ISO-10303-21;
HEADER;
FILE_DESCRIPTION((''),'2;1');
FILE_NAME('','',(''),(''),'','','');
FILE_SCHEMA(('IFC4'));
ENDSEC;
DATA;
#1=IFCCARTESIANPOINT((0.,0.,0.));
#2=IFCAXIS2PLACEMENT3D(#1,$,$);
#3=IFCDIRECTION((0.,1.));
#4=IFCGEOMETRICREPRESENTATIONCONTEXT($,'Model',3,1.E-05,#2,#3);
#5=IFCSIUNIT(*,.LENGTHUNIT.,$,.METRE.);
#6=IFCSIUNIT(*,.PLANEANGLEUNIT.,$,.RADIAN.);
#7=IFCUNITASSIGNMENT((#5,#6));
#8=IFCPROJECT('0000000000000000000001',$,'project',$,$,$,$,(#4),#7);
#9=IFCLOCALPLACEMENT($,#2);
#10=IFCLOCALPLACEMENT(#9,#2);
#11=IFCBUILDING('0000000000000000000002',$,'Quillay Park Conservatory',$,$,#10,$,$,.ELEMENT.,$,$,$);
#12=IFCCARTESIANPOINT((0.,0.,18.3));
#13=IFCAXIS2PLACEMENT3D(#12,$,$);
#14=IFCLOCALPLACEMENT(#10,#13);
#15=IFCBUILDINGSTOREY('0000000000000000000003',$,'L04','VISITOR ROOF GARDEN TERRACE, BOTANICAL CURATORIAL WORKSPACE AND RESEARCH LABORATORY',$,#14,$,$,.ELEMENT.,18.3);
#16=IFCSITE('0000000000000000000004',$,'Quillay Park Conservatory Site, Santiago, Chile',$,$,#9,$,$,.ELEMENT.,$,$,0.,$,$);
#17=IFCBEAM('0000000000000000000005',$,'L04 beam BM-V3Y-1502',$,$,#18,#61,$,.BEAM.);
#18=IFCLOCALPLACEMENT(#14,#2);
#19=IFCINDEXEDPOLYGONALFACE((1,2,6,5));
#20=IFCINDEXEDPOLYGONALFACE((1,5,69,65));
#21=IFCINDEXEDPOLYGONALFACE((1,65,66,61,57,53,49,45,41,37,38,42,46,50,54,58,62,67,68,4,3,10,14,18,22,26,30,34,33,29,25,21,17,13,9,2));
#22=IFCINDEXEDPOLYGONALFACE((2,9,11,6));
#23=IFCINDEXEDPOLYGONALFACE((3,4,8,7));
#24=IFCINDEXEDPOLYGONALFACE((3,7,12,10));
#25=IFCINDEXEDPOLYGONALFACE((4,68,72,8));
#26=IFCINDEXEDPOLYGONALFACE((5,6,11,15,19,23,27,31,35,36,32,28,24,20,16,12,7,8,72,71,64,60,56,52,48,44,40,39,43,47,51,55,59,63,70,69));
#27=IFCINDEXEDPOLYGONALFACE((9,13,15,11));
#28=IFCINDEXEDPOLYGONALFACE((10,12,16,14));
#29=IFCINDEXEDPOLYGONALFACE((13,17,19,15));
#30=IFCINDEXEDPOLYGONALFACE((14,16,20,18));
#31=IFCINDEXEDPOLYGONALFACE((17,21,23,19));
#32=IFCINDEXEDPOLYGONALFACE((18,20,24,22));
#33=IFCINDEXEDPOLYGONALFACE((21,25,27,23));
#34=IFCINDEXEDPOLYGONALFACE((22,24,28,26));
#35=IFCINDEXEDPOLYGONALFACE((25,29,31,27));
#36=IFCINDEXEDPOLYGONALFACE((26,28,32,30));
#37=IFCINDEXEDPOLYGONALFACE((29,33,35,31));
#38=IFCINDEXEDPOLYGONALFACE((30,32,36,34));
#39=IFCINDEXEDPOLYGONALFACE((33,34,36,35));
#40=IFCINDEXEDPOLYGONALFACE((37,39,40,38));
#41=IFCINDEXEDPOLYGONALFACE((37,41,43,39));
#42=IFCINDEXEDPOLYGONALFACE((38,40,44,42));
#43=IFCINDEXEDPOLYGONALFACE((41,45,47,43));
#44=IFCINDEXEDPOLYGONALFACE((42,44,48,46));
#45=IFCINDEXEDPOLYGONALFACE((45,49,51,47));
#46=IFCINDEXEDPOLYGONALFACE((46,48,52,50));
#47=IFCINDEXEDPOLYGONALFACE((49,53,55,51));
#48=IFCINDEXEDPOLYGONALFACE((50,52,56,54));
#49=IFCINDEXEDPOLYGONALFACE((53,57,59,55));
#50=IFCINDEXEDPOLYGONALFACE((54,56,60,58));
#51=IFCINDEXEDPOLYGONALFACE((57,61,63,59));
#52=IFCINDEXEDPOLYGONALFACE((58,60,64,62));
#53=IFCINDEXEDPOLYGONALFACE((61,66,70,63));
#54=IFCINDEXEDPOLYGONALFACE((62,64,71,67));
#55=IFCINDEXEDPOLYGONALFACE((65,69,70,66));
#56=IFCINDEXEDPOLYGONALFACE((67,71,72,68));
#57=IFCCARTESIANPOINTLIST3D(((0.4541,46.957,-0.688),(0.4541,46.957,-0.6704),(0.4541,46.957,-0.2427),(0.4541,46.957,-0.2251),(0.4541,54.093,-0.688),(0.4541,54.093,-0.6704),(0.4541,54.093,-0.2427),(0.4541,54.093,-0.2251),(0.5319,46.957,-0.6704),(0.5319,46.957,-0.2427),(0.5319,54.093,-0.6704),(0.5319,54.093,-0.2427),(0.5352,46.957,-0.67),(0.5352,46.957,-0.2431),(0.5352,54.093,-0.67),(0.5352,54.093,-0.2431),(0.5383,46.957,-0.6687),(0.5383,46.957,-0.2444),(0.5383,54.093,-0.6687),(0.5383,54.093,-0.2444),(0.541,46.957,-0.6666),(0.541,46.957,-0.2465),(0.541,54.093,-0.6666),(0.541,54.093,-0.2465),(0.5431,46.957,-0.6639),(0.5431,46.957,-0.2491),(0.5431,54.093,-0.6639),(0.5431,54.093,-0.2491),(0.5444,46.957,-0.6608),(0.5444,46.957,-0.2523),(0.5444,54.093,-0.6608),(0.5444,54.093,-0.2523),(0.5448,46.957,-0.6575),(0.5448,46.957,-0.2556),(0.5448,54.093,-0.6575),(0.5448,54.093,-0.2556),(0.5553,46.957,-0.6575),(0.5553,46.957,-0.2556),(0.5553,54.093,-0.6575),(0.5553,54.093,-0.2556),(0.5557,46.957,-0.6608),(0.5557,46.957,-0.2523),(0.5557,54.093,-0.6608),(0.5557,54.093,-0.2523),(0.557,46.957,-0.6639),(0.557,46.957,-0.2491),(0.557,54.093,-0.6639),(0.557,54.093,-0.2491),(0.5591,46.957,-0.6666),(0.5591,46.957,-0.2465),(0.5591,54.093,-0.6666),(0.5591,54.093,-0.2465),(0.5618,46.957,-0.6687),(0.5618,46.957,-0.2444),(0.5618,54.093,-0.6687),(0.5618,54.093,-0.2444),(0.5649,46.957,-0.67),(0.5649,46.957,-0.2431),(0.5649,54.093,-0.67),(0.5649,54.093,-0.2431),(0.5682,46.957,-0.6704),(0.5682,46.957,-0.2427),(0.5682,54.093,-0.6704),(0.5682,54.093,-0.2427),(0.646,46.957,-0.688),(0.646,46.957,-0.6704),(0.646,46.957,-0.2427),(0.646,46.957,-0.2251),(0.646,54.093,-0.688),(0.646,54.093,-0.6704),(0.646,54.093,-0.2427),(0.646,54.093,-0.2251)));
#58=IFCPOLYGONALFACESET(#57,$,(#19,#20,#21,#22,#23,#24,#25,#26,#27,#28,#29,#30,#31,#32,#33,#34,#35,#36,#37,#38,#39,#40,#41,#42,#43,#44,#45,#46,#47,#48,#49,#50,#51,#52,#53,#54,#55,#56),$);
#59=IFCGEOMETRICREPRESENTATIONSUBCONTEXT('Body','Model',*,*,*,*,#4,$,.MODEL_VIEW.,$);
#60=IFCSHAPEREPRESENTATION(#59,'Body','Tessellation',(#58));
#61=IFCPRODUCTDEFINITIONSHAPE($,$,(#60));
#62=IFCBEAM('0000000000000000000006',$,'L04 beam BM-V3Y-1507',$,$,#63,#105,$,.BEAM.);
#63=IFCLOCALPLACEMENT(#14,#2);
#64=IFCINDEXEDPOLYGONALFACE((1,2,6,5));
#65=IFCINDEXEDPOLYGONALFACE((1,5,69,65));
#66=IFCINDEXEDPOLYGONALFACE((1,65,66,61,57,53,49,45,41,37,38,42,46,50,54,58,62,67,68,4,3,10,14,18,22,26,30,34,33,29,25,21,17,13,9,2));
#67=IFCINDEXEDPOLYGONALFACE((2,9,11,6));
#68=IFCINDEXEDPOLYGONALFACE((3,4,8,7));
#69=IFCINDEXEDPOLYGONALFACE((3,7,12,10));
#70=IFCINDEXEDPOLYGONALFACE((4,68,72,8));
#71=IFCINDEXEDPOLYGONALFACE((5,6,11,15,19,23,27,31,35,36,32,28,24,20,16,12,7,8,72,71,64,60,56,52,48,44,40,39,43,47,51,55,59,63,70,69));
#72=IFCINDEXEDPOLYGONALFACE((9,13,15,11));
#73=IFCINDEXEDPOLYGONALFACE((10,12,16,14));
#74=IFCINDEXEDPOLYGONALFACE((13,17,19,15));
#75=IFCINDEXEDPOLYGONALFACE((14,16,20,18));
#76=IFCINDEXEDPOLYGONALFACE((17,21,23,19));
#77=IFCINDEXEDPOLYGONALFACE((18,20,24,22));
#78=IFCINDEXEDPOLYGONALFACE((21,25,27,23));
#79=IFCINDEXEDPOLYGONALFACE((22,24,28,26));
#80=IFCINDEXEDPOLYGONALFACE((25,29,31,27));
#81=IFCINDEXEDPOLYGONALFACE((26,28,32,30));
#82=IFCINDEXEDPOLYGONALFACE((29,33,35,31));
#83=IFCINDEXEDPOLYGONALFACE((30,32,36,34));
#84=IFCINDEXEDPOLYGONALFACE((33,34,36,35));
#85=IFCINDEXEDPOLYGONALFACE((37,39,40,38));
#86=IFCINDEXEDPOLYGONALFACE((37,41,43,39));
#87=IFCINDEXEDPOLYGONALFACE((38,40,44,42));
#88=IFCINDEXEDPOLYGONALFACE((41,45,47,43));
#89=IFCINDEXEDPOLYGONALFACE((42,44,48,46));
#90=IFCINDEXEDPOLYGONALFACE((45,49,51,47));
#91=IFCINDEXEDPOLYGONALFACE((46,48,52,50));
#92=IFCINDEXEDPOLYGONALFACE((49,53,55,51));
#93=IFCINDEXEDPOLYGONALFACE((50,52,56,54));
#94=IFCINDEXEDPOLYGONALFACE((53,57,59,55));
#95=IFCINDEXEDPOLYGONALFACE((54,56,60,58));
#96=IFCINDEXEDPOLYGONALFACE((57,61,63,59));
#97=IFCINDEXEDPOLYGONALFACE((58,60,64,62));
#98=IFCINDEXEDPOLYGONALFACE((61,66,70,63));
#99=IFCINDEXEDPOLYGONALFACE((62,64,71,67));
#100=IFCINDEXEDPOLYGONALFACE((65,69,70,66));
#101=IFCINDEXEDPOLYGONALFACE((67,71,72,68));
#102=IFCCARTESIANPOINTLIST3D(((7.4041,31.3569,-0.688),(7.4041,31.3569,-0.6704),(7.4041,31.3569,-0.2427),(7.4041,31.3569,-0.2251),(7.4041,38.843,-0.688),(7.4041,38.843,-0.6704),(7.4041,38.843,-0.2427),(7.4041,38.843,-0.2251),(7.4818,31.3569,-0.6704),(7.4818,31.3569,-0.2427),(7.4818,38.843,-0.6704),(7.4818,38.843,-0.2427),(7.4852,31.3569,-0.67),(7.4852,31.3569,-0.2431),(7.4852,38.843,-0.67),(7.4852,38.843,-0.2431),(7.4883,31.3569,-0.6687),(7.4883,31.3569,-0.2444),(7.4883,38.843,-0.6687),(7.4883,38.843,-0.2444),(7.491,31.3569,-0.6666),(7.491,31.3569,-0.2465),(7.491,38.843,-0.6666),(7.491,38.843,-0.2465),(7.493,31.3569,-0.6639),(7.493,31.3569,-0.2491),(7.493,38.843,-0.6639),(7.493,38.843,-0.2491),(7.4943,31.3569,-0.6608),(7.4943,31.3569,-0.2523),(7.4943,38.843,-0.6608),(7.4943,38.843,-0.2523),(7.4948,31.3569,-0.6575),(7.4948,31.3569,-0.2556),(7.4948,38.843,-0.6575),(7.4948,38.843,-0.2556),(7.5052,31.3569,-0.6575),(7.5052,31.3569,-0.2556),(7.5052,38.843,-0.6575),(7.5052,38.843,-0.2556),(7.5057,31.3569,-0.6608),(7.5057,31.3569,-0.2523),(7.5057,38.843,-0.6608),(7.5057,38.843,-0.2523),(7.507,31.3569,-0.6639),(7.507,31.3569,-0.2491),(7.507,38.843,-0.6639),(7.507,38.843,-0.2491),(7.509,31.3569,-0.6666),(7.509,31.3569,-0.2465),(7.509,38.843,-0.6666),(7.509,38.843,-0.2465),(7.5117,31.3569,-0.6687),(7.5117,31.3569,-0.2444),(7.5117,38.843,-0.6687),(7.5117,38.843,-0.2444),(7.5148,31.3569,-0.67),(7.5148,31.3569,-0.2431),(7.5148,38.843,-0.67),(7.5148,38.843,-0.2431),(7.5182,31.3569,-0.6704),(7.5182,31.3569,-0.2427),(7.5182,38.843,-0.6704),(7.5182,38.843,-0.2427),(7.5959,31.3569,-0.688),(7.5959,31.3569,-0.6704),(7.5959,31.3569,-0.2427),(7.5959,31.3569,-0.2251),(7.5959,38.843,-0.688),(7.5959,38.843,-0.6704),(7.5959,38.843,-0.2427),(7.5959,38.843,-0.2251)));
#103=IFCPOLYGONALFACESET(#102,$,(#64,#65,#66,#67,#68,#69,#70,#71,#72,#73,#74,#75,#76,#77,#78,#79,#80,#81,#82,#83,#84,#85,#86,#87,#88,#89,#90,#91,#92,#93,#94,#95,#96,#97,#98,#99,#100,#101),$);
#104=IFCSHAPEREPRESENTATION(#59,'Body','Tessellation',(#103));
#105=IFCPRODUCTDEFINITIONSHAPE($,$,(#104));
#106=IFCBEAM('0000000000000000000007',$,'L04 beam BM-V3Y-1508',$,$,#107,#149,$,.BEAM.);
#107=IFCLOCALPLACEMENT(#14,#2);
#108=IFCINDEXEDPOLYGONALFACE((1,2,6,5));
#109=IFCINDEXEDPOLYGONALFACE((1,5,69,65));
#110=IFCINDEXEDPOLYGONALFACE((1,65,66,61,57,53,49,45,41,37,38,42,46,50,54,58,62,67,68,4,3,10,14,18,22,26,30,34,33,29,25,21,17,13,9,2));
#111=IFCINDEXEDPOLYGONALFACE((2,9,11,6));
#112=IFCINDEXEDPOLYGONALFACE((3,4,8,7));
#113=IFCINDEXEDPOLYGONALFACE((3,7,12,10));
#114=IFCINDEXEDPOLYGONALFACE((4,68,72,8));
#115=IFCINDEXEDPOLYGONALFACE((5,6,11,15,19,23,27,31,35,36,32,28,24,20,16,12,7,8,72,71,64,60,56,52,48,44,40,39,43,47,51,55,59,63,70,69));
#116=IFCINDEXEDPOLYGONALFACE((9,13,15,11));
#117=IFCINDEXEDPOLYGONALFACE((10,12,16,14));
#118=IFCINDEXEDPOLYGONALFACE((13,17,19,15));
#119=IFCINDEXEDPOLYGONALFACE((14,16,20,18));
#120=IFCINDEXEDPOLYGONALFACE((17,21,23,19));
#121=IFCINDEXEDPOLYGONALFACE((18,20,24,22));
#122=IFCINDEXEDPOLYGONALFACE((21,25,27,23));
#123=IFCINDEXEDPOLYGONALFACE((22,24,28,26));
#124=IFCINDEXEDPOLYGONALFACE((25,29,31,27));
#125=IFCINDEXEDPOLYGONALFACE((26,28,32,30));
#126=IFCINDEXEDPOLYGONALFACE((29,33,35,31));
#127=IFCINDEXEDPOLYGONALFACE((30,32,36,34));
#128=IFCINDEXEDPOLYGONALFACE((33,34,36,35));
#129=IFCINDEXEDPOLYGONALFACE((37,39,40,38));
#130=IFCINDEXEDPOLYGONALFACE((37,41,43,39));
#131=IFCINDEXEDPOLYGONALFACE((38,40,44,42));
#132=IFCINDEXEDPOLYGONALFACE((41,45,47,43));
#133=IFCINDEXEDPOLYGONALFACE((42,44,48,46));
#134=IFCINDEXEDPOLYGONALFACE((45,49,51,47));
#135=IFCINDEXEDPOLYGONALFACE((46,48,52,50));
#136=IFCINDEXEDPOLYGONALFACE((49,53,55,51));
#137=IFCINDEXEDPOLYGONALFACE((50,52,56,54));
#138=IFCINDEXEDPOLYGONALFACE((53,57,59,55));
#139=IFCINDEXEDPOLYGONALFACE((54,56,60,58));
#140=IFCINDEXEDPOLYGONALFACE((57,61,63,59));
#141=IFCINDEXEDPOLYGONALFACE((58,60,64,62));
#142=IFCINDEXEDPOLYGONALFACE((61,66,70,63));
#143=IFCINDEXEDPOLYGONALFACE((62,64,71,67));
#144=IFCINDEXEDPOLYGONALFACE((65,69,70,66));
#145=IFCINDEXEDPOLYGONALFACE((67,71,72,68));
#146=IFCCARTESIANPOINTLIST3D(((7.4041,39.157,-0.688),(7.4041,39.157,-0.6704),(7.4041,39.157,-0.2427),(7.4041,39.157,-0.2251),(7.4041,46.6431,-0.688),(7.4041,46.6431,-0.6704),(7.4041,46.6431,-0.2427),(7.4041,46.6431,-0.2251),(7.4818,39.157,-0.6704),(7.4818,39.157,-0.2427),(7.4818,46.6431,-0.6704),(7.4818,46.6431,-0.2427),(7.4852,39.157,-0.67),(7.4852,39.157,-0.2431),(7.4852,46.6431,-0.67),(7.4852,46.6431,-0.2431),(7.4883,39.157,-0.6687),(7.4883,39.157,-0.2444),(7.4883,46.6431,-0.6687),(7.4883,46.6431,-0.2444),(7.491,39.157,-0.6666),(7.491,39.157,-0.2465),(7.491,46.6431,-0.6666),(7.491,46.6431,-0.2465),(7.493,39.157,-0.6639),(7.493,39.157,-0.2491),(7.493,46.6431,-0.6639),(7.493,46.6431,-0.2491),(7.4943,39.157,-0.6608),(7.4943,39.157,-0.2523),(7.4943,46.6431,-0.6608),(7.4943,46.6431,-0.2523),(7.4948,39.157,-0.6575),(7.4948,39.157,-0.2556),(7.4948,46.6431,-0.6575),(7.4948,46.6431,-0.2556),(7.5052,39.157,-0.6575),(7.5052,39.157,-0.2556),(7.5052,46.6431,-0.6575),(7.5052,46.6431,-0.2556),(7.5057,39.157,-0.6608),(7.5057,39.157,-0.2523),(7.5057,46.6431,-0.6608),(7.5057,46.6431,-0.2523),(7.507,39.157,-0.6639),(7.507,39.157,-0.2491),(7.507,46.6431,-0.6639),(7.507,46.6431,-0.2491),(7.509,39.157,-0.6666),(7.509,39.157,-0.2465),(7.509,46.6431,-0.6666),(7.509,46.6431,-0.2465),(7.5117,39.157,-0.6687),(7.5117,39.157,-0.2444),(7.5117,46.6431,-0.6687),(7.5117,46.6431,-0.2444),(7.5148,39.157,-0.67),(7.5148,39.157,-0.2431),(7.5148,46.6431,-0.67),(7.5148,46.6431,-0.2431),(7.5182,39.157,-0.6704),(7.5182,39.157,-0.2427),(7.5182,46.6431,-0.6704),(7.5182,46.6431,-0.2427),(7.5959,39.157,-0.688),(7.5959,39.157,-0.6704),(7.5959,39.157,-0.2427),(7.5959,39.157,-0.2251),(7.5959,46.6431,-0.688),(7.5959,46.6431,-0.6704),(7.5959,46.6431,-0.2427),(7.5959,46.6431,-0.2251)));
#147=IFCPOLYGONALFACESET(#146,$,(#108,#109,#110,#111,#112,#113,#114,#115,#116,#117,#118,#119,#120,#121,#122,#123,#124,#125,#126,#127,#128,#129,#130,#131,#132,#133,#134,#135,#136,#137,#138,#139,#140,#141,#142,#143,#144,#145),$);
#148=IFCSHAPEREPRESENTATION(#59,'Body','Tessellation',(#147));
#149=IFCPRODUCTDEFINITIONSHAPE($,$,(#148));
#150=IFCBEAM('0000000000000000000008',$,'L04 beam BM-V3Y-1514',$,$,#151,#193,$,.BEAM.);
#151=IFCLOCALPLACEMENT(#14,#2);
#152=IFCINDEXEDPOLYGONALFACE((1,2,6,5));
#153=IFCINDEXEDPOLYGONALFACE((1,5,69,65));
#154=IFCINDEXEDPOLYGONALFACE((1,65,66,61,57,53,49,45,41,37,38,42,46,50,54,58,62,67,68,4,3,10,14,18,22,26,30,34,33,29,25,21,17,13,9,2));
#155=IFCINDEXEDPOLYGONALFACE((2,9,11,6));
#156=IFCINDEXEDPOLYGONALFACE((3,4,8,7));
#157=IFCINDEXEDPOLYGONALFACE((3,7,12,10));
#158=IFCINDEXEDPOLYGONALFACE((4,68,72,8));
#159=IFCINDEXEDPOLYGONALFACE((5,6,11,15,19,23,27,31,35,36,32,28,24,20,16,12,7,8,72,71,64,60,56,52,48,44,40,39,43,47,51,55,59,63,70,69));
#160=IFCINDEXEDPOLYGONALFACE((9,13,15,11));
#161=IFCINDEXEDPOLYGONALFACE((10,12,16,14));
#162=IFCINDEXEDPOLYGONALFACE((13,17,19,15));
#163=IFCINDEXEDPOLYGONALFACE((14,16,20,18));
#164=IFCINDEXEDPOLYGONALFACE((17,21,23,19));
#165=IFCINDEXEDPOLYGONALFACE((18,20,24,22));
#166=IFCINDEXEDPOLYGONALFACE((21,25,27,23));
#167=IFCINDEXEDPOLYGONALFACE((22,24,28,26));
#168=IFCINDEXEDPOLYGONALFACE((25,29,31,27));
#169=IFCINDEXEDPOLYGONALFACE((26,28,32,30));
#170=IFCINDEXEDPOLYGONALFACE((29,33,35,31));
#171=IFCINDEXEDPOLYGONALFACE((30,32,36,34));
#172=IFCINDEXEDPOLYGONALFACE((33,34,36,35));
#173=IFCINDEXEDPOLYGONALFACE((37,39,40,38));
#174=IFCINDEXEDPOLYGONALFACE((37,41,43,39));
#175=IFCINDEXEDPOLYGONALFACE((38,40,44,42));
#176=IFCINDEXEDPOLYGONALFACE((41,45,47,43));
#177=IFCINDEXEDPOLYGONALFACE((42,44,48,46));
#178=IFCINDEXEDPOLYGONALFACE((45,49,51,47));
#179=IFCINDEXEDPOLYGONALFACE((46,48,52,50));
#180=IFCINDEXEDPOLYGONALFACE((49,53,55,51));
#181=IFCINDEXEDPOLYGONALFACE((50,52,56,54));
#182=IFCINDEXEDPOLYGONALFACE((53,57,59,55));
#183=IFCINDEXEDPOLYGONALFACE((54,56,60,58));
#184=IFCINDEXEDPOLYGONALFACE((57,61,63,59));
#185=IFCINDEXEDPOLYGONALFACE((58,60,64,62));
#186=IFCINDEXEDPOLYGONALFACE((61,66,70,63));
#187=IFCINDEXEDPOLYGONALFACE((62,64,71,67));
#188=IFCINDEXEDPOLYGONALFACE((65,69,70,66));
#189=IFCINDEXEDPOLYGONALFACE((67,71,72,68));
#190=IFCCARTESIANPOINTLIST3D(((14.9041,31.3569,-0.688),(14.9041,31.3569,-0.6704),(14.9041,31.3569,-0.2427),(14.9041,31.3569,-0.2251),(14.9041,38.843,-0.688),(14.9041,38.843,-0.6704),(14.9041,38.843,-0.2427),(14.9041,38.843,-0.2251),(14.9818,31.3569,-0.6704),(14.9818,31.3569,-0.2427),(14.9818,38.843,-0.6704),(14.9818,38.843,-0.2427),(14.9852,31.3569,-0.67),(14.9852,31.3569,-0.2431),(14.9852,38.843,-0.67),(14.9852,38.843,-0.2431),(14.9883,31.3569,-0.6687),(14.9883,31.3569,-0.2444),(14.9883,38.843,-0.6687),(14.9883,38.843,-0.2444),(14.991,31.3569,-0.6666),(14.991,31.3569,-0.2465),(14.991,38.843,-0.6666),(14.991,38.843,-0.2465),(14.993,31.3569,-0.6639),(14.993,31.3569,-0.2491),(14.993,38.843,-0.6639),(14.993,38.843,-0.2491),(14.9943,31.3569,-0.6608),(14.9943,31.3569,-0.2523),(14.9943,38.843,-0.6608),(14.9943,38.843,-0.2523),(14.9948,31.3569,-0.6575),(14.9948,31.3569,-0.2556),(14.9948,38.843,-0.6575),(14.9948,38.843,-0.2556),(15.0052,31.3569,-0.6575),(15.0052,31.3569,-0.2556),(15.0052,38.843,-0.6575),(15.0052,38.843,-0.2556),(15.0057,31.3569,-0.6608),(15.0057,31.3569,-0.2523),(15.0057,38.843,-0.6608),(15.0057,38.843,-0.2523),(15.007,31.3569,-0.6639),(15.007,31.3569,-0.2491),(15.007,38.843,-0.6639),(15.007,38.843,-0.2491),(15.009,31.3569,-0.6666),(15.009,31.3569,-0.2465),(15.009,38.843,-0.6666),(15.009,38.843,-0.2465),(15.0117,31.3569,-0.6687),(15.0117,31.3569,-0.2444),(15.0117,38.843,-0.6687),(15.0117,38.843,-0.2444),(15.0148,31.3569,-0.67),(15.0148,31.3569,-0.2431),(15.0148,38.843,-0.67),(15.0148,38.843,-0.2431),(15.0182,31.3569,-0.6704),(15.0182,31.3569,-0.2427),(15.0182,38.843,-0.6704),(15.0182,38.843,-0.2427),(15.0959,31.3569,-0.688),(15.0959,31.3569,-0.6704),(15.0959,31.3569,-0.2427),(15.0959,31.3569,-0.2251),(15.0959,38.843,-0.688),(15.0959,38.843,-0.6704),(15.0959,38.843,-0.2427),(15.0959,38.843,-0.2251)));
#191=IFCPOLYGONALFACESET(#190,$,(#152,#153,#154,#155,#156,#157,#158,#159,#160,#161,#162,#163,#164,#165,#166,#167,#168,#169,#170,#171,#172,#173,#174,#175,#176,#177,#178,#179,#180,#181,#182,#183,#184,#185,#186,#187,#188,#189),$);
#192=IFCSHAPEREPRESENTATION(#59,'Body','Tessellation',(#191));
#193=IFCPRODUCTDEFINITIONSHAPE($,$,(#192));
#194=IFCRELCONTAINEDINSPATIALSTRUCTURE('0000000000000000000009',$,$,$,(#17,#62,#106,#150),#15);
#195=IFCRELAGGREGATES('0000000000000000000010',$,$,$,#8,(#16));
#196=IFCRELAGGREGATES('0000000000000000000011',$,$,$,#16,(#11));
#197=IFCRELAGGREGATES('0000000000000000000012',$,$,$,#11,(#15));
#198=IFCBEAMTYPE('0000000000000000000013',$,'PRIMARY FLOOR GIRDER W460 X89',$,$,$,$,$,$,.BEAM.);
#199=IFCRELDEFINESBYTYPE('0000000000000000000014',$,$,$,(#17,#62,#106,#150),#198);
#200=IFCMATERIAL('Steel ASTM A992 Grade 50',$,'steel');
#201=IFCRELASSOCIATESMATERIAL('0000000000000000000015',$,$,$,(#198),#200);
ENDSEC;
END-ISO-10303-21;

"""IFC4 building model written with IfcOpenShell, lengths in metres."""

from ifc_helpers import new_model, si_unit, direction, frame, origin, origin_2d, place, context, subcontext, project, spatial, i_section, extrude, material, material_profile, profile_set, type_object, element, save


model = new_model("IFC4")

# Units and contexts
model_context = context("Model", 3, precision=1e-05, world=origin(), true_north=direction((0.0, 1.0)))
body_context = subcontext(model_context, "Body", "Model", "MODEL_VIEW")
ifc_project = project(units=[si_unit("LENGTHUNIT", "METRE"), si_unit("PLANEANGLEUNIT", "RADIAN")], contexts=[model_context])

# Site, building, storey
site_placement = place(None, origin())
site = spatial("IfcSite", under=ifc_project, at=site_placement, Name="Quillay Park Conservatory Site, Santiago, Chile", CompositionType="ELEMENT", RefElevation=0.0)
building_placement = place(site_placement, origin())
building = spatial("IfcBuilding", under=site, at=building_placement, Name="Quillay Park Conservatory", CompositionType="ELEMENT")
storey_placement = place(building_placement, frame((0.0, 0.0, 18.3)))
storey = spatial("IfcBuildingStorey", under=building, at=storey_placement, Name="L04", Description="VISITOR ROOF GARDEN TERRACE, BOTANICAL CURATORIAL WORKSPACE AND RESEARCH LABORATORY", CompositionType="ELEMENT", Elevation=18.3)

# Beams
ifc_material_1 = material(Name="Steel ASTM A992 Grade 50", Category="steel")
ifc_material_profile_1 = material_profile(ifc_material_1, i_section(OverallWidth=0.1919, OverallDepth=0.4629, WebThickness=0.0105, FlangeThickness=0.0176, FilletRadius=0.0129, at=origin_2d()), Name="W460x89")
ifc_profile_set_1 = profile_set([ifc_material_profile_1], Name="Steel ASTM A992 Grade 50")
beam_type_1 = type_object("IfcBeamType", Name="PRIMARY FLOOR GIRDER W460 X89", PredefinedType="BEAM", material=ifc_profile_set_1)
beam_1_placement = place(storey_placement, frame((0.55, 46.957, -0.4565), z_axis=(0.0, 1.0, 0.0), x_axis=(-1.0, 0.0, 0.0)))
element("IfcBeam", 1, at=beam_1_placement, inside=storey, type_object=beam_type_1, Name="L04 beam BM-V3Y-1502", PredefinedType="BEAM", context=body_context, shape_type="SweptSolid", body=[
    extrude(i_section(OverallWidth=0.1919, OverallDepth=0.4629, WebThickness=0.0105, FlangeThickness=0.0176, FilletRadius=0.0129, at=origin_2d()), origin(), (0.0, 0.0, 1.0), 7.136),
])
for number, where, z_axis, x_axis, name in (
    (2, (7.5, 31.3569, -0.4565), (0.0, 1.0, 0.0), (-1.0, 0.0, 0.0), "L04 beam BM-V3Y-1507"),
    (3, (7.5, 39.157, -0.4565), (0.0, 1.0, 0.0), (-1.0, 0.0, 0.0), "L04 beam BM-V3Y-1508"),
    (4, (15.0, 31.3569, -0.4565), (0.0, 1.0, 0.0), (-1.0, 0.0, 0.0), "L04 beam BM-V3Y-1514"),
):
    element("IfcBeam", number, at=place(storey_placement, frame(where, z_axis=z_axis, x_axis=x_axis)), inside=storey, type_object=beam_type_1, Name=name, PredefinedType="BEAM", context=body_context, shape_type="SweptSolid", body=[
        extrude(i_section(OverallWidth=0.1919, OverallDepth=0.4629, WebThickness=0.0105, FlangeThickness=0.0176, FilletRadius=0.0129, at=origin_2d()), origin(), (0.0, 0.0, 1.0), 7.4861),
    ])

save(model, "model.ifc")
